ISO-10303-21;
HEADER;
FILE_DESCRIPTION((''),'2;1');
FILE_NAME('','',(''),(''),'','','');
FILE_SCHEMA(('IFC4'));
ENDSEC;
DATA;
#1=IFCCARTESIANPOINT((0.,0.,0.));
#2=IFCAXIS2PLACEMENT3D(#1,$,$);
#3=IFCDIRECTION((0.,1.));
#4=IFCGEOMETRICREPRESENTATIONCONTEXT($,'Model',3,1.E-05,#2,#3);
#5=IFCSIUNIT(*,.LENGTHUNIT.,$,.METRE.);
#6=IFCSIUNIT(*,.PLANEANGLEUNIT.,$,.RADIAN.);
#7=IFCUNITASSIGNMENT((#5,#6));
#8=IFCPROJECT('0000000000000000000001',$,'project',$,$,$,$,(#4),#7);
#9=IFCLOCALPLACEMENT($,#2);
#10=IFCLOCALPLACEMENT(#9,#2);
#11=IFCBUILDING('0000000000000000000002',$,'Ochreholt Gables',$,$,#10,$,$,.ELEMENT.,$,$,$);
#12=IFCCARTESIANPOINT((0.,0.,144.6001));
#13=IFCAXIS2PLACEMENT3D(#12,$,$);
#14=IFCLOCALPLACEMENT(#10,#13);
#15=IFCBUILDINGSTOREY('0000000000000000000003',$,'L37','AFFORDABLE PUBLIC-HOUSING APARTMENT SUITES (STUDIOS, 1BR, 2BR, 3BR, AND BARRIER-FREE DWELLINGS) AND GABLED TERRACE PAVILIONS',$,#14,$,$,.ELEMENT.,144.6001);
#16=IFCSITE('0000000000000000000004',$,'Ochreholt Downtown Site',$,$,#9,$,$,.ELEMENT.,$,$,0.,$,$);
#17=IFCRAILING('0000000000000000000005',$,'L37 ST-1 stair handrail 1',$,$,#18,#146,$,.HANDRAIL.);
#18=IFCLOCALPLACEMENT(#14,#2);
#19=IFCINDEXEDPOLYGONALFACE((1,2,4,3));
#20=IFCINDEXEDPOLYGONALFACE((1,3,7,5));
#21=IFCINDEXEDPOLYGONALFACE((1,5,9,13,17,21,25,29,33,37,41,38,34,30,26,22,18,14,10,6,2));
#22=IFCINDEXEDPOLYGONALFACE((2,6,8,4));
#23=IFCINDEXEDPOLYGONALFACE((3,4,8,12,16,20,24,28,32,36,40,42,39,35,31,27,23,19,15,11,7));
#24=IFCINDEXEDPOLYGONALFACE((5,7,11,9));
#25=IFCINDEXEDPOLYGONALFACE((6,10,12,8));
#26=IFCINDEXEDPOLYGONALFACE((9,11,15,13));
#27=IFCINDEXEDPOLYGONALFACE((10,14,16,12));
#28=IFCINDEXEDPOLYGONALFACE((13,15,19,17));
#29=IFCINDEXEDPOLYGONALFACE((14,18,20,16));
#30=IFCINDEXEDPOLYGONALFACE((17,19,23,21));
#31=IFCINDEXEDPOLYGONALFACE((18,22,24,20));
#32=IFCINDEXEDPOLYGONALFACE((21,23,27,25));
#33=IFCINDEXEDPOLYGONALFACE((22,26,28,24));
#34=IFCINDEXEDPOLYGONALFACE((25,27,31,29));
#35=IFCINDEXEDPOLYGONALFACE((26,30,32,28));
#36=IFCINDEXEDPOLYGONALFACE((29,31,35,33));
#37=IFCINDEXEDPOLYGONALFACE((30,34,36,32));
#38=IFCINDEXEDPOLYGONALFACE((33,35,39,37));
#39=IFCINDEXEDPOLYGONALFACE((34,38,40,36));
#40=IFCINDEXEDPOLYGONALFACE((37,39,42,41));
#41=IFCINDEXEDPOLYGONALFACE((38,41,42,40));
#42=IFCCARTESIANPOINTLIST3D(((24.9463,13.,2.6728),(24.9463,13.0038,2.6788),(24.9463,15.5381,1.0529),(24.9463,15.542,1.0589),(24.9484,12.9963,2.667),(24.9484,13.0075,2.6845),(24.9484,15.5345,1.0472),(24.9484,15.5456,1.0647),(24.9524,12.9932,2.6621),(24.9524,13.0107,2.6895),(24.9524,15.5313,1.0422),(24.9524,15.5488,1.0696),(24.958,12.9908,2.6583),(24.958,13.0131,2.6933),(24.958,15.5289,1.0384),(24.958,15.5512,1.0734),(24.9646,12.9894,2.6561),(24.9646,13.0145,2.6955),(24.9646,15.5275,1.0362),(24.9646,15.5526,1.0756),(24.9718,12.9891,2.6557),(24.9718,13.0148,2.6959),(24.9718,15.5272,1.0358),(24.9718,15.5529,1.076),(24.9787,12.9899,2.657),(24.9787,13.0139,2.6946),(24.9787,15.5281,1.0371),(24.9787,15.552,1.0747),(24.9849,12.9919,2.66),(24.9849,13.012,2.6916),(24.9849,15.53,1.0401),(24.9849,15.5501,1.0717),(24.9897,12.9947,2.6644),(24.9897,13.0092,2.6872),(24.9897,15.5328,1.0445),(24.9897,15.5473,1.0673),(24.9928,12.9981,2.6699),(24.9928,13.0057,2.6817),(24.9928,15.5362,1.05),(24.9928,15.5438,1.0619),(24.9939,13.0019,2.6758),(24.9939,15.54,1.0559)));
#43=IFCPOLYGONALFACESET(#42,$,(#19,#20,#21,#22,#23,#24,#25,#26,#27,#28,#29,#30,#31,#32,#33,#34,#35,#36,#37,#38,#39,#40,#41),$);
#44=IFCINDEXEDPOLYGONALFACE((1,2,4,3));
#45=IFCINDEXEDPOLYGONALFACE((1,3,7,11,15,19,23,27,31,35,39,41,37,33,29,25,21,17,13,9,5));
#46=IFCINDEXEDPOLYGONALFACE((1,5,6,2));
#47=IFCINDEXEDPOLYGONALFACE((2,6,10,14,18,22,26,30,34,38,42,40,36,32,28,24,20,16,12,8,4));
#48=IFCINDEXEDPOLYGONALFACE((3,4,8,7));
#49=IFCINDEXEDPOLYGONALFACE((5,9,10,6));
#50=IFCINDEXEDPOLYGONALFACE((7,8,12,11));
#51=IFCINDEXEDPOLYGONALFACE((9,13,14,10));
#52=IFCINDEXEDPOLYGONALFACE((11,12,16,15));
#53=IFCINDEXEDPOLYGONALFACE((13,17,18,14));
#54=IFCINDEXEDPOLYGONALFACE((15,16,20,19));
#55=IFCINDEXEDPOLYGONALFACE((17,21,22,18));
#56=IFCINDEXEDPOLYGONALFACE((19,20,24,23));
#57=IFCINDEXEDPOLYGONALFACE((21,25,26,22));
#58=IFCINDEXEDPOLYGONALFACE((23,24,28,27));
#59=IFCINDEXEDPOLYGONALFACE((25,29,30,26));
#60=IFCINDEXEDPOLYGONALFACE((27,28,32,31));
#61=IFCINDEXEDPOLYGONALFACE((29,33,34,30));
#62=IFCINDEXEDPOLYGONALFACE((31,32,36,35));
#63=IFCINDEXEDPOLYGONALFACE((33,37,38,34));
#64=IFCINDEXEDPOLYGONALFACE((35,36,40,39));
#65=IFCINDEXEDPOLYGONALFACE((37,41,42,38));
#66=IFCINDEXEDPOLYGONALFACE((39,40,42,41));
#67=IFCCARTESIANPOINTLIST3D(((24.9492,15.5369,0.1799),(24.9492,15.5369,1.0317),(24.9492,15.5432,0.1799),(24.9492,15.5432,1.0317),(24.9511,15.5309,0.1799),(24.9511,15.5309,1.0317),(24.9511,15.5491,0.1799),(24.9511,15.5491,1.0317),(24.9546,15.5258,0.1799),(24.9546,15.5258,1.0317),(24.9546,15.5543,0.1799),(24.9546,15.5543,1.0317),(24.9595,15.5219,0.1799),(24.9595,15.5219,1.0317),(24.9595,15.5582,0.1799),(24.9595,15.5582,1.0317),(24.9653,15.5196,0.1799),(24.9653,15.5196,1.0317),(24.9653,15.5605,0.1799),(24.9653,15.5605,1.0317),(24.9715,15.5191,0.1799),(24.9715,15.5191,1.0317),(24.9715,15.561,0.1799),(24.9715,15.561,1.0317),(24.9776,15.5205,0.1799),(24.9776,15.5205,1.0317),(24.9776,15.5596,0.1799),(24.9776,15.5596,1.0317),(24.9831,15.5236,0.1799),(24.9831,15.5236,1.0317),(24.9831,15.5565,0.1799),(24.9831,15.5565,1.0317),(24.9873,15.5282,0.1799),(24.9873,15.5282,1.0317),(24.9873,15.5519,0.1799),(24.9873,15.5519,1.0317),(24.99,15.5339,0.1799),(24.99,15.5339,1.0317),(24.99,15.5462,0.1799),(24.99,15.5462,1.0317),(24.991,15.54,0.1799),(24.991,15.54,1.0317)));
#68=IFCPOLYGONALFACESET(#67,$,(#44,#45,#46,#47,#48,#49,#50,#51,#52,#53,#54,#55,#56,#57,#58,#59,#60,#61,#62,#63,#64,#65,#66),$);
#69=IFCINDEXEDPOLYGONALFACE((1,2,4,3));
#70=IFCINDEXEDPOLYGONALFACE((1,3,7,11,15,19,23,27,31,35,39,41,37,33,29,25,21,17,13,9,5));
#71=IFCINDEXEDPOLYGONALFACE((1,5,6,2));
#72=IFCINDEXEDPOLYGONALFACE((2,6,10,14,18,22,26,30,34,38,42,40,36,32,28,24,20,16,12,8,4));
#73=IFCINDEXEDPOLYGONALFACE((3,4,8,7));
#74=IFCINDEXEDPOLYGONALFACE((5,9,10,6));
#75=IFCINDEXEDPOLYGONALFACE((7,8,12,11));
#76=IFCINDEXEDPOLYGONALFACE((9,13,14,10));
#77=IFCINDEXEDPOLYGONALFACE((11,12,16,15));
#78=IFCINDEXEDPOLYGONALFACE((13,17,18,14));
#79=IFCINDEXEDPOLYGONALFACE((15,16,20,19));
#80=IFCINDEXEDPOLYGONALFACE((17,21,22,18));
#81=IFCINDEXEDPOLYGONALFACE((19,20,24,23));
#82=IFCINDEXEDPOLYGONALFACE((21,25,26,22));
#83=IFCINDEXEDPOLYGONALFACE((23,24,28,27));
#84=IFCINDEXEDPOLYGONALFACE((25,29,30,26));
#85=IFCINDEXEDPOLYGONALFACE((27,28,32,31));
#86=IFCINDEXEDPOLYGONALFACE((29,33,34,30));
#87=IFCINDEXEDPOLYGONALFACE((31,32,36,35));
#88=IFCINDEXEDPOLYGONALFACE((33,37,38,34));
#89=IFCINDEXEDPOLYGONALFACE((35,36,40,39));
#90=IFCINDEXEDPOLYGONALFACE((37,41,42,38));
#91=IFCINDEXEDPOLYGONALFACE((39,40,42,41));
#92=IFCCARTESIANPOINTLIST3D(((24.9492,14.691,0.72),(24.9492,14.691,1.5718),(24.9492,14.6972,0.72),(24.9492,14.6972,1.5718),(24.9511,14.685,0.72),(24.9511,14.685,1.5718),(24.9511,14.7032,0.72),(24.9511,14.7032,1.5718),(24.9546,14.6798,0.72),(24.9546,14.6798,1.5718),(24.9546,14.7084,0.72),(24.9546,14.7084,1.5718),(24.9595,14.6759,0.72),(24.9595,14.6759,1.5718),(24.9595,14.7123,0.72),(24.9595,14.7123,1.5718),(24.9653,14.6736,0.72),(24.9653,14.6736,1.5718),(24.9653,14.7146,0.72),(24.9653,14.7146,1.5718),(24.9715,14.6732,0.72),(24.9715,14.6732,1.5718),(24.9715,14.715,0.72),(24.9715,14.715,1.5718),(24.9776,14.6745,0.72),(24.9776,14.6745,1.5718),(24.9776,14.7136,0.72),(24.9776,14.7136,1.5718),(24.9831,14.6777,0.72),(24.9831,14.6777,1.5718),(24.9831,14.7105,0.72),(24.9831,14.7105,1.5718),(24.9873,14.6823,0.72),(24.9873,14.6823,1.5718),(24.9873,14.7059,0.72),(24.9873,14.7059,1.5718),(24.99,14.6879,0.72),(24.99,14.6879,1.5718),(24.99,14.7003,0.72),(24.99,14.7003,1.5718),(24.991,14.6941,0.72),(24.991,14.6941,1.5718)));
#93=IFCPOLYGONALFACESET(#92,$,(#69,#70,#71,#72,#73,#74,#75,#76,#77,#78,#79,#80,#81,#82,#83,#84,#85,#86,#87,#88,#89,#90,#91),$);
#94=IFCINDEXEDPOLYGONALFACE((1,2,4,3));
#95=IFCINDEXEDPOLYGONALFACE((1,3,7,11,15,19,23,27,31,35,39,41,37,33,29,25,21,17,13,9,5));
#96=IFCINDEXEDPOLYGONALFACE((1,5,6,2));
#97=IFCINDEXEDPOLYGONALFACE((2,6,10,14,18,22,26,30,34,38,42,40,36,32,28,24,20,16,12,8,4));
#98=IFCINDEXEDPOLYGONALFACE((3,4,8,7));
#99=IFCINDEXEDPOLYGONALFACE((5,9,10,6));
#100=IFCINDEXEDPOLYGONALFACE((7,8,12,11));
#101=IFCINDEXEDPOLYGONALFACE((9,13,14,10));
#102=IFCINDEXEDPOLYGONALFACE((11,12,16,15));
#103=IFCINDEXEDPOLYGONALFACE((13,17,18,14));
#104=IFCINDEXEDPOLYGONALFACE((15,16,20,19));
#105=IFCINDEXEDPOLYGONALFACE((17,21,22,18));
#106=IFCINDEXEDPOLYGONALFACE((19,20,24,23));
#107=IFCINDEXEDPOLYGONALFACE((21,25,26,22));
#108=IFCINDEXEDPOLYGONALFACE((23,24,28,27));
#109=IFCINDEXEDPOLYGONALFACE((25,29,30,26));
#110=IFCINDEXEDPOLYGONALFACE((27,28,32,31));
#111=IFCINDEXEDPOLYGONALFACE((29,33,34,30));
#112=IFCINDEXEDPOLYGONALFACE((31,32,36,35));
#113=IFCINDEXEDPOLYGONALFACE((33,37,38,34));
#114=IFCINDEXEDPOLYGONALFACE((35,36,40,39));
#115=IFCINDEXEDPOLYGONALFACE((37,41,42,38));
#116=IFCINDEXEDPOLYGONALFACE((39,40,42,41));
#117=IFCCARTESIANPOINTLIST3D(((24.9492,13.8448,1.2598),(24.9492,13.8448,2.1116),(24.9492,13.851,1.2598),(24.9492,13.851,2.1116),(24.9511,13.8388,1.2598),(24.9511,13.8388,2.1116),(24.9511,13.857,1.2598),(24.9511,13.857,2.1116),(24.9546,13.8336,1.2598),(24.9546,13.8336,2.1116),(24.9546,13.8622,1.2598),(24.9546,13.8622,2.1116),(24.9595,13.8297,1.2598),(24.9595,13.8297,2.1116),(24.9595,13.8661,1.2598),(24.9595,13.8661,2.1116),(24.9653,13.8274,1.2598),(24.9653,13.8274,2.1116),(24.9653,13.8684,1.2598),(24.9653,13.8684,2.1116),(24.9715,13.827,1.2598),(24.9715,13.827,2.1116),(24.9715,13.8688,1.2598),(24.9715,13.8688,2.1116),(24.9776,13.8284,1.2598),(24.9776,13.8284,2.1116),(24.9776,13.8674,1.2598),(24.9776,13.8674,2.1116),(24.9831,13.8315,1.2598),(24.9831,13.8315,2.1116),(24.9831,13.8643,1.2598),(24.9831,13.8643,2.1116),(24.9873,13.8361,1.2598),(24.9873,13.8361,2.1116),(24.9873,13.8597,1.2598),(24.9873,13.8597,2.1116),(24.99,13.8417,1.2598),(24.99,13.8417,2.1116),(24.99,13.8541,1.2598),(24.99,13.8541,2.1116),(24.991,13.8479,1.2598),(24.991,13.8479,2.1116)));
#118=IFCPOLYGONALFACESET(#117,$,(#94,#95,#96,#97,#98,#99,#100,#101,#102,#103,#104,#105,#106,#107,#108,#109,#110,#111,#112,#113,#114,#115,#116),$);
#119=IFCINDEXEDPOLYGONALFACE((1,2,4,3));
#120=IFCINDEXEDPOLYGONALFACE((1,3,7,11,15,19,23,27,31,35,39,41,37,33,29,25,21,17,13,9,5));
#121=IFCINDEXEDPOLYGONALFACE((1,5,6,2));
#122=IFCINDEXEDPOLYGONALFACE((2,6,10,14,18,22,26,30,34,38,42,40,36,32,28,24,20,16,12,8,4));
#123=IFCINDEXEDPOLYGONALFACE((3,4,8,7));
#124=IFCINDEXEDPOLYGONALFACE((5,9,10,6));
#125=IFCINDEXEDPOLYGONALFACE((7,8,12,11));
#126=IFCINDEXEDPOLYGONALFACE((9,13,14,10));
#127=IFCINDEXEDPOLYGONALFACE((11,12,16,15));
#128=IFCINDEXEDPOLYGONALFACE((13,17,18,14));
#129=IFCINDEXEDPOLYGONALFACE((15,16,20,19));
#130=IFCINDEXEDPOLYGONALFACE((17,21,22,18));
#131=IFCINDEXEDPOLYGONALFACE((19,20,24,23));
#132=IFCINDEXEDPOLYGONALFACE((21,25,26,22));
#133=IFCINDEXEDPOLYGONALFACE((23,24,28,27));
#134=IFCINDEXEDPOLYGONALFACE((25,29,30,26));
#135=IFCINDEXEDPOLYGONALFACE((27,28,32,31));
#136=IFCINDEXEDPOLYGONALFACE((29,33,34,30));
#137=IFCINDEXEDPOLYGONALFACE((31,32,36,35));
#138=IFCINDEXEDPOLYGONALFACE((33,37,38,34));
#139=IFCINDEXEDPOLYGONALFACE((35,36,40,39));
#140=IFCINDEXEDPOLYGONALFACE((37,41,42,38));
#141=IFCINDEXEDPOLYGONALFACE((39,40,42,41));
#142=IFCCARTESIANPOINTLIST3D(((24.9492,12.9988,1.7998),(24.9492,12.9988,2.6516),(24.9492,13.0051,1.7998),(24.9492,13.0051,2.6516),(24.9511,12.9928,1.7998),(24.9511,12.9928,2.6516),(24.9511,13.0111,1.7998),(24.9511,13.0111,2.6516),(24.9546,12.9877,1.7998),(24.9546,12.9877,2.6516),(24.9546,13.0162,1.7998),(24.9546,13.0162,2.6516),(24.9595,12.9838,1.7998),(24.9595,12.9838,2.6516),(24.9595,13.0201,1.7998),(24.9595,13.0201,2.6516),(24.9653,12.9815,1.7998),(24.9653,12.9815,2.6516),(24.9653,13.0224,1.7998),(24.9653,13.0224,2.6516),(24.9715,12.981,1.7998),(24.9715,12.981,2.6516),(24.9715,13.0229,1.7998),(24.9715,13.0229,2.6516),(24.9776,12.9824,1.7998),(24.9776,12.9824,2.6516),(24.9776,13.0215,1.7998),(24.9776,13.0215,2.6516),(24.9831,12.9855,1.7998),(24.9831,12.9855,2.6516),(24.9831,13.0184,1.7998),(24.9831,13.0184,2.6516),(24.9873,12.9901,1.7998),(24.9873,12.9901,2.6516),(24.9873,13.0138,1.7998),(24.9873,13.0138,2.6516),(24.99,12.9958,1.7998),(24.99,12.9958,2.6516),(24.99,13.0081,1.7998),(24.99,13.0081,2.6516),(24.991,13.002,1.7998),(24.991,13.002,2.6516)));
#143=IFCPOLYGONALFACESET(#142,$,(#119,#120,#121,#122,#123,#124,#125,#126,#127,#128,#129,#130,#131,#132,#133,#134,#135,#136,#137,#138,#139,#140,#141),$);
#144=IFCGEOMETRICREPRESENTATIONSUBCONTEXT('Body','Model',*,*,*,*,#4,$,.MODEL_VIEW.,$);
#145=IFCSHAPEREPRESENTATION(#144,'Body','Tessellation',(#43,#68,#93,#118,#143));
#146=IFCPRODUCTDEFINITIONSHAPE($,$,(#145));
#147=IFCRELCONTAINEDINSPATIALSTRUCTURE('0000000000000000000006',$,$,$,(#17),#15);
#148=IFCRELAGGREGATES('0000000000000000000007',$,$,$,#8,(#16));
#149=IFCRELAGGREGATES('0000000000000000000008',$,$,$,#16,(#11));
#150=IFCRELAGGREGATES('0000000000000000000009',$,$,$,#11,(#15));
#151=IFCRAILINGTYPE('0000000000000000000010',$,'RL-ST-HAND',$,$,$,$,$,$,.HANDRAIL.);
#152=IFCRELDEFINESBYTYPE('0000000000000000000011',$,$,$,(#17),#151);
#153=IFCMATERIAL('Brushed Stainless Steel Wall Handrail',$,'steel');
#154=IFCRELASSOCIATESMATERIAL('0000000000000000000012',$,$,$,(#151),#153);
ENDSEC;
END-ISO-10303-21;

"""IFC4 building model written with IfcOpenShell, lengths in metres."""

from ifc_helpers import new_model, si_unit, direction, frame, origin, origin_2d, place, context, subcontext, project, spatial, circle, extrude, material, type_object, element, save


model = new_model("IFC4")

# Units and contexts
model_context = context("Model", 3, precision=1e-05, world=origin(), true_north=direction((0.0, 1.0)))
body_context = subcontext(model_context, "Body", "Model", "MODEL_VIEW")
ifc_project = project(units=[si_unit("LENGTHUNIT", "METRE"), si_unit("PLANEANGLEUNIT", "RADIAN")], contexts=[model_context])

# Site, building, storey
site_placement = place(None, origin())
site = spatial("IfcSite", under=ifc_project, at=site_placement, Name="Ochreholt Downtown Site", CompositionType="ELEMENT", RefElevation=0.0)
building_placement = place(site_placement, origin())
building = spatial("IfcBuilding", under=site, at=building_placement, Name="Ochreholt Gables", CompositionType="ELEMENT")
storey_placement = place(building_placement, frame((0.0, 0.0, 144.6001)))
storey = spatial("IfcBuildingStorey", under=building, at=storey_placement, Name="L37", Description="AFFORDABLE PUBLIC-HOUSING APARTMENT SUITES (STUDIOS, 1BR, 2BR, 3BR, AND BARRIER-FREE DWELLINGS) AND GABLED TERRACE PAVILIONS", CompositionType="ELEMENT", Elevation=144.6001)

# Railing
ifc_material_1 = material(Name="Brushed Stainless Steel Wall Handrail", Category="steel")
railing_type_1 = type_object("IfcRailingType", Name="RL-ST-HAND", PredefinedType="HANDRAIL", material=ifc_material_1)
railing_1_placement = place(storey_placement, frame((24.97, 15.54, 0.1799)))
element("IfcRailing", 1, at=railing_1_placement, inside=storey, type_object=railing_type_1, Name="L37 ST-1 stair handrail 1", PredefinedType="HANDRAIL", context=body_context, shape_type="SweptSolid", body=[
    extrude(circle(Radius=0.0239, at=origin_2d()), frame((0.0, 0.0, 0.876), z_axis=(0.0, -0.84295, 0.537993), x_axis=(1.0, 0.0, 0.0)), (0.0, 0.0, 1.0), 3.011),
    extrude(circle(Radius=0.021, at=origin_2d()), origin(), (0.0, 0.0, 1.0), 0.8518),
    extrude(circle(Radius=0.021, at=origin_2d()), frame((0.0, -0.8459, 0.54)), (0.0, 0.0, 1.0), 0.8518),
    extrude(circle(Radius=0.021, at=origin_2d()), frame((0.0, -1.6921, 1.0798)), (0.0, 0.0, 1.0), 0.8518),
    extrude(circle(Radius=0.021, at=origin_2d()), frame((0.0, -2.5381, 1.6199)), (0.0, 0.0, 1.0), 0.8518),
])

save(model, "model.ifc")
